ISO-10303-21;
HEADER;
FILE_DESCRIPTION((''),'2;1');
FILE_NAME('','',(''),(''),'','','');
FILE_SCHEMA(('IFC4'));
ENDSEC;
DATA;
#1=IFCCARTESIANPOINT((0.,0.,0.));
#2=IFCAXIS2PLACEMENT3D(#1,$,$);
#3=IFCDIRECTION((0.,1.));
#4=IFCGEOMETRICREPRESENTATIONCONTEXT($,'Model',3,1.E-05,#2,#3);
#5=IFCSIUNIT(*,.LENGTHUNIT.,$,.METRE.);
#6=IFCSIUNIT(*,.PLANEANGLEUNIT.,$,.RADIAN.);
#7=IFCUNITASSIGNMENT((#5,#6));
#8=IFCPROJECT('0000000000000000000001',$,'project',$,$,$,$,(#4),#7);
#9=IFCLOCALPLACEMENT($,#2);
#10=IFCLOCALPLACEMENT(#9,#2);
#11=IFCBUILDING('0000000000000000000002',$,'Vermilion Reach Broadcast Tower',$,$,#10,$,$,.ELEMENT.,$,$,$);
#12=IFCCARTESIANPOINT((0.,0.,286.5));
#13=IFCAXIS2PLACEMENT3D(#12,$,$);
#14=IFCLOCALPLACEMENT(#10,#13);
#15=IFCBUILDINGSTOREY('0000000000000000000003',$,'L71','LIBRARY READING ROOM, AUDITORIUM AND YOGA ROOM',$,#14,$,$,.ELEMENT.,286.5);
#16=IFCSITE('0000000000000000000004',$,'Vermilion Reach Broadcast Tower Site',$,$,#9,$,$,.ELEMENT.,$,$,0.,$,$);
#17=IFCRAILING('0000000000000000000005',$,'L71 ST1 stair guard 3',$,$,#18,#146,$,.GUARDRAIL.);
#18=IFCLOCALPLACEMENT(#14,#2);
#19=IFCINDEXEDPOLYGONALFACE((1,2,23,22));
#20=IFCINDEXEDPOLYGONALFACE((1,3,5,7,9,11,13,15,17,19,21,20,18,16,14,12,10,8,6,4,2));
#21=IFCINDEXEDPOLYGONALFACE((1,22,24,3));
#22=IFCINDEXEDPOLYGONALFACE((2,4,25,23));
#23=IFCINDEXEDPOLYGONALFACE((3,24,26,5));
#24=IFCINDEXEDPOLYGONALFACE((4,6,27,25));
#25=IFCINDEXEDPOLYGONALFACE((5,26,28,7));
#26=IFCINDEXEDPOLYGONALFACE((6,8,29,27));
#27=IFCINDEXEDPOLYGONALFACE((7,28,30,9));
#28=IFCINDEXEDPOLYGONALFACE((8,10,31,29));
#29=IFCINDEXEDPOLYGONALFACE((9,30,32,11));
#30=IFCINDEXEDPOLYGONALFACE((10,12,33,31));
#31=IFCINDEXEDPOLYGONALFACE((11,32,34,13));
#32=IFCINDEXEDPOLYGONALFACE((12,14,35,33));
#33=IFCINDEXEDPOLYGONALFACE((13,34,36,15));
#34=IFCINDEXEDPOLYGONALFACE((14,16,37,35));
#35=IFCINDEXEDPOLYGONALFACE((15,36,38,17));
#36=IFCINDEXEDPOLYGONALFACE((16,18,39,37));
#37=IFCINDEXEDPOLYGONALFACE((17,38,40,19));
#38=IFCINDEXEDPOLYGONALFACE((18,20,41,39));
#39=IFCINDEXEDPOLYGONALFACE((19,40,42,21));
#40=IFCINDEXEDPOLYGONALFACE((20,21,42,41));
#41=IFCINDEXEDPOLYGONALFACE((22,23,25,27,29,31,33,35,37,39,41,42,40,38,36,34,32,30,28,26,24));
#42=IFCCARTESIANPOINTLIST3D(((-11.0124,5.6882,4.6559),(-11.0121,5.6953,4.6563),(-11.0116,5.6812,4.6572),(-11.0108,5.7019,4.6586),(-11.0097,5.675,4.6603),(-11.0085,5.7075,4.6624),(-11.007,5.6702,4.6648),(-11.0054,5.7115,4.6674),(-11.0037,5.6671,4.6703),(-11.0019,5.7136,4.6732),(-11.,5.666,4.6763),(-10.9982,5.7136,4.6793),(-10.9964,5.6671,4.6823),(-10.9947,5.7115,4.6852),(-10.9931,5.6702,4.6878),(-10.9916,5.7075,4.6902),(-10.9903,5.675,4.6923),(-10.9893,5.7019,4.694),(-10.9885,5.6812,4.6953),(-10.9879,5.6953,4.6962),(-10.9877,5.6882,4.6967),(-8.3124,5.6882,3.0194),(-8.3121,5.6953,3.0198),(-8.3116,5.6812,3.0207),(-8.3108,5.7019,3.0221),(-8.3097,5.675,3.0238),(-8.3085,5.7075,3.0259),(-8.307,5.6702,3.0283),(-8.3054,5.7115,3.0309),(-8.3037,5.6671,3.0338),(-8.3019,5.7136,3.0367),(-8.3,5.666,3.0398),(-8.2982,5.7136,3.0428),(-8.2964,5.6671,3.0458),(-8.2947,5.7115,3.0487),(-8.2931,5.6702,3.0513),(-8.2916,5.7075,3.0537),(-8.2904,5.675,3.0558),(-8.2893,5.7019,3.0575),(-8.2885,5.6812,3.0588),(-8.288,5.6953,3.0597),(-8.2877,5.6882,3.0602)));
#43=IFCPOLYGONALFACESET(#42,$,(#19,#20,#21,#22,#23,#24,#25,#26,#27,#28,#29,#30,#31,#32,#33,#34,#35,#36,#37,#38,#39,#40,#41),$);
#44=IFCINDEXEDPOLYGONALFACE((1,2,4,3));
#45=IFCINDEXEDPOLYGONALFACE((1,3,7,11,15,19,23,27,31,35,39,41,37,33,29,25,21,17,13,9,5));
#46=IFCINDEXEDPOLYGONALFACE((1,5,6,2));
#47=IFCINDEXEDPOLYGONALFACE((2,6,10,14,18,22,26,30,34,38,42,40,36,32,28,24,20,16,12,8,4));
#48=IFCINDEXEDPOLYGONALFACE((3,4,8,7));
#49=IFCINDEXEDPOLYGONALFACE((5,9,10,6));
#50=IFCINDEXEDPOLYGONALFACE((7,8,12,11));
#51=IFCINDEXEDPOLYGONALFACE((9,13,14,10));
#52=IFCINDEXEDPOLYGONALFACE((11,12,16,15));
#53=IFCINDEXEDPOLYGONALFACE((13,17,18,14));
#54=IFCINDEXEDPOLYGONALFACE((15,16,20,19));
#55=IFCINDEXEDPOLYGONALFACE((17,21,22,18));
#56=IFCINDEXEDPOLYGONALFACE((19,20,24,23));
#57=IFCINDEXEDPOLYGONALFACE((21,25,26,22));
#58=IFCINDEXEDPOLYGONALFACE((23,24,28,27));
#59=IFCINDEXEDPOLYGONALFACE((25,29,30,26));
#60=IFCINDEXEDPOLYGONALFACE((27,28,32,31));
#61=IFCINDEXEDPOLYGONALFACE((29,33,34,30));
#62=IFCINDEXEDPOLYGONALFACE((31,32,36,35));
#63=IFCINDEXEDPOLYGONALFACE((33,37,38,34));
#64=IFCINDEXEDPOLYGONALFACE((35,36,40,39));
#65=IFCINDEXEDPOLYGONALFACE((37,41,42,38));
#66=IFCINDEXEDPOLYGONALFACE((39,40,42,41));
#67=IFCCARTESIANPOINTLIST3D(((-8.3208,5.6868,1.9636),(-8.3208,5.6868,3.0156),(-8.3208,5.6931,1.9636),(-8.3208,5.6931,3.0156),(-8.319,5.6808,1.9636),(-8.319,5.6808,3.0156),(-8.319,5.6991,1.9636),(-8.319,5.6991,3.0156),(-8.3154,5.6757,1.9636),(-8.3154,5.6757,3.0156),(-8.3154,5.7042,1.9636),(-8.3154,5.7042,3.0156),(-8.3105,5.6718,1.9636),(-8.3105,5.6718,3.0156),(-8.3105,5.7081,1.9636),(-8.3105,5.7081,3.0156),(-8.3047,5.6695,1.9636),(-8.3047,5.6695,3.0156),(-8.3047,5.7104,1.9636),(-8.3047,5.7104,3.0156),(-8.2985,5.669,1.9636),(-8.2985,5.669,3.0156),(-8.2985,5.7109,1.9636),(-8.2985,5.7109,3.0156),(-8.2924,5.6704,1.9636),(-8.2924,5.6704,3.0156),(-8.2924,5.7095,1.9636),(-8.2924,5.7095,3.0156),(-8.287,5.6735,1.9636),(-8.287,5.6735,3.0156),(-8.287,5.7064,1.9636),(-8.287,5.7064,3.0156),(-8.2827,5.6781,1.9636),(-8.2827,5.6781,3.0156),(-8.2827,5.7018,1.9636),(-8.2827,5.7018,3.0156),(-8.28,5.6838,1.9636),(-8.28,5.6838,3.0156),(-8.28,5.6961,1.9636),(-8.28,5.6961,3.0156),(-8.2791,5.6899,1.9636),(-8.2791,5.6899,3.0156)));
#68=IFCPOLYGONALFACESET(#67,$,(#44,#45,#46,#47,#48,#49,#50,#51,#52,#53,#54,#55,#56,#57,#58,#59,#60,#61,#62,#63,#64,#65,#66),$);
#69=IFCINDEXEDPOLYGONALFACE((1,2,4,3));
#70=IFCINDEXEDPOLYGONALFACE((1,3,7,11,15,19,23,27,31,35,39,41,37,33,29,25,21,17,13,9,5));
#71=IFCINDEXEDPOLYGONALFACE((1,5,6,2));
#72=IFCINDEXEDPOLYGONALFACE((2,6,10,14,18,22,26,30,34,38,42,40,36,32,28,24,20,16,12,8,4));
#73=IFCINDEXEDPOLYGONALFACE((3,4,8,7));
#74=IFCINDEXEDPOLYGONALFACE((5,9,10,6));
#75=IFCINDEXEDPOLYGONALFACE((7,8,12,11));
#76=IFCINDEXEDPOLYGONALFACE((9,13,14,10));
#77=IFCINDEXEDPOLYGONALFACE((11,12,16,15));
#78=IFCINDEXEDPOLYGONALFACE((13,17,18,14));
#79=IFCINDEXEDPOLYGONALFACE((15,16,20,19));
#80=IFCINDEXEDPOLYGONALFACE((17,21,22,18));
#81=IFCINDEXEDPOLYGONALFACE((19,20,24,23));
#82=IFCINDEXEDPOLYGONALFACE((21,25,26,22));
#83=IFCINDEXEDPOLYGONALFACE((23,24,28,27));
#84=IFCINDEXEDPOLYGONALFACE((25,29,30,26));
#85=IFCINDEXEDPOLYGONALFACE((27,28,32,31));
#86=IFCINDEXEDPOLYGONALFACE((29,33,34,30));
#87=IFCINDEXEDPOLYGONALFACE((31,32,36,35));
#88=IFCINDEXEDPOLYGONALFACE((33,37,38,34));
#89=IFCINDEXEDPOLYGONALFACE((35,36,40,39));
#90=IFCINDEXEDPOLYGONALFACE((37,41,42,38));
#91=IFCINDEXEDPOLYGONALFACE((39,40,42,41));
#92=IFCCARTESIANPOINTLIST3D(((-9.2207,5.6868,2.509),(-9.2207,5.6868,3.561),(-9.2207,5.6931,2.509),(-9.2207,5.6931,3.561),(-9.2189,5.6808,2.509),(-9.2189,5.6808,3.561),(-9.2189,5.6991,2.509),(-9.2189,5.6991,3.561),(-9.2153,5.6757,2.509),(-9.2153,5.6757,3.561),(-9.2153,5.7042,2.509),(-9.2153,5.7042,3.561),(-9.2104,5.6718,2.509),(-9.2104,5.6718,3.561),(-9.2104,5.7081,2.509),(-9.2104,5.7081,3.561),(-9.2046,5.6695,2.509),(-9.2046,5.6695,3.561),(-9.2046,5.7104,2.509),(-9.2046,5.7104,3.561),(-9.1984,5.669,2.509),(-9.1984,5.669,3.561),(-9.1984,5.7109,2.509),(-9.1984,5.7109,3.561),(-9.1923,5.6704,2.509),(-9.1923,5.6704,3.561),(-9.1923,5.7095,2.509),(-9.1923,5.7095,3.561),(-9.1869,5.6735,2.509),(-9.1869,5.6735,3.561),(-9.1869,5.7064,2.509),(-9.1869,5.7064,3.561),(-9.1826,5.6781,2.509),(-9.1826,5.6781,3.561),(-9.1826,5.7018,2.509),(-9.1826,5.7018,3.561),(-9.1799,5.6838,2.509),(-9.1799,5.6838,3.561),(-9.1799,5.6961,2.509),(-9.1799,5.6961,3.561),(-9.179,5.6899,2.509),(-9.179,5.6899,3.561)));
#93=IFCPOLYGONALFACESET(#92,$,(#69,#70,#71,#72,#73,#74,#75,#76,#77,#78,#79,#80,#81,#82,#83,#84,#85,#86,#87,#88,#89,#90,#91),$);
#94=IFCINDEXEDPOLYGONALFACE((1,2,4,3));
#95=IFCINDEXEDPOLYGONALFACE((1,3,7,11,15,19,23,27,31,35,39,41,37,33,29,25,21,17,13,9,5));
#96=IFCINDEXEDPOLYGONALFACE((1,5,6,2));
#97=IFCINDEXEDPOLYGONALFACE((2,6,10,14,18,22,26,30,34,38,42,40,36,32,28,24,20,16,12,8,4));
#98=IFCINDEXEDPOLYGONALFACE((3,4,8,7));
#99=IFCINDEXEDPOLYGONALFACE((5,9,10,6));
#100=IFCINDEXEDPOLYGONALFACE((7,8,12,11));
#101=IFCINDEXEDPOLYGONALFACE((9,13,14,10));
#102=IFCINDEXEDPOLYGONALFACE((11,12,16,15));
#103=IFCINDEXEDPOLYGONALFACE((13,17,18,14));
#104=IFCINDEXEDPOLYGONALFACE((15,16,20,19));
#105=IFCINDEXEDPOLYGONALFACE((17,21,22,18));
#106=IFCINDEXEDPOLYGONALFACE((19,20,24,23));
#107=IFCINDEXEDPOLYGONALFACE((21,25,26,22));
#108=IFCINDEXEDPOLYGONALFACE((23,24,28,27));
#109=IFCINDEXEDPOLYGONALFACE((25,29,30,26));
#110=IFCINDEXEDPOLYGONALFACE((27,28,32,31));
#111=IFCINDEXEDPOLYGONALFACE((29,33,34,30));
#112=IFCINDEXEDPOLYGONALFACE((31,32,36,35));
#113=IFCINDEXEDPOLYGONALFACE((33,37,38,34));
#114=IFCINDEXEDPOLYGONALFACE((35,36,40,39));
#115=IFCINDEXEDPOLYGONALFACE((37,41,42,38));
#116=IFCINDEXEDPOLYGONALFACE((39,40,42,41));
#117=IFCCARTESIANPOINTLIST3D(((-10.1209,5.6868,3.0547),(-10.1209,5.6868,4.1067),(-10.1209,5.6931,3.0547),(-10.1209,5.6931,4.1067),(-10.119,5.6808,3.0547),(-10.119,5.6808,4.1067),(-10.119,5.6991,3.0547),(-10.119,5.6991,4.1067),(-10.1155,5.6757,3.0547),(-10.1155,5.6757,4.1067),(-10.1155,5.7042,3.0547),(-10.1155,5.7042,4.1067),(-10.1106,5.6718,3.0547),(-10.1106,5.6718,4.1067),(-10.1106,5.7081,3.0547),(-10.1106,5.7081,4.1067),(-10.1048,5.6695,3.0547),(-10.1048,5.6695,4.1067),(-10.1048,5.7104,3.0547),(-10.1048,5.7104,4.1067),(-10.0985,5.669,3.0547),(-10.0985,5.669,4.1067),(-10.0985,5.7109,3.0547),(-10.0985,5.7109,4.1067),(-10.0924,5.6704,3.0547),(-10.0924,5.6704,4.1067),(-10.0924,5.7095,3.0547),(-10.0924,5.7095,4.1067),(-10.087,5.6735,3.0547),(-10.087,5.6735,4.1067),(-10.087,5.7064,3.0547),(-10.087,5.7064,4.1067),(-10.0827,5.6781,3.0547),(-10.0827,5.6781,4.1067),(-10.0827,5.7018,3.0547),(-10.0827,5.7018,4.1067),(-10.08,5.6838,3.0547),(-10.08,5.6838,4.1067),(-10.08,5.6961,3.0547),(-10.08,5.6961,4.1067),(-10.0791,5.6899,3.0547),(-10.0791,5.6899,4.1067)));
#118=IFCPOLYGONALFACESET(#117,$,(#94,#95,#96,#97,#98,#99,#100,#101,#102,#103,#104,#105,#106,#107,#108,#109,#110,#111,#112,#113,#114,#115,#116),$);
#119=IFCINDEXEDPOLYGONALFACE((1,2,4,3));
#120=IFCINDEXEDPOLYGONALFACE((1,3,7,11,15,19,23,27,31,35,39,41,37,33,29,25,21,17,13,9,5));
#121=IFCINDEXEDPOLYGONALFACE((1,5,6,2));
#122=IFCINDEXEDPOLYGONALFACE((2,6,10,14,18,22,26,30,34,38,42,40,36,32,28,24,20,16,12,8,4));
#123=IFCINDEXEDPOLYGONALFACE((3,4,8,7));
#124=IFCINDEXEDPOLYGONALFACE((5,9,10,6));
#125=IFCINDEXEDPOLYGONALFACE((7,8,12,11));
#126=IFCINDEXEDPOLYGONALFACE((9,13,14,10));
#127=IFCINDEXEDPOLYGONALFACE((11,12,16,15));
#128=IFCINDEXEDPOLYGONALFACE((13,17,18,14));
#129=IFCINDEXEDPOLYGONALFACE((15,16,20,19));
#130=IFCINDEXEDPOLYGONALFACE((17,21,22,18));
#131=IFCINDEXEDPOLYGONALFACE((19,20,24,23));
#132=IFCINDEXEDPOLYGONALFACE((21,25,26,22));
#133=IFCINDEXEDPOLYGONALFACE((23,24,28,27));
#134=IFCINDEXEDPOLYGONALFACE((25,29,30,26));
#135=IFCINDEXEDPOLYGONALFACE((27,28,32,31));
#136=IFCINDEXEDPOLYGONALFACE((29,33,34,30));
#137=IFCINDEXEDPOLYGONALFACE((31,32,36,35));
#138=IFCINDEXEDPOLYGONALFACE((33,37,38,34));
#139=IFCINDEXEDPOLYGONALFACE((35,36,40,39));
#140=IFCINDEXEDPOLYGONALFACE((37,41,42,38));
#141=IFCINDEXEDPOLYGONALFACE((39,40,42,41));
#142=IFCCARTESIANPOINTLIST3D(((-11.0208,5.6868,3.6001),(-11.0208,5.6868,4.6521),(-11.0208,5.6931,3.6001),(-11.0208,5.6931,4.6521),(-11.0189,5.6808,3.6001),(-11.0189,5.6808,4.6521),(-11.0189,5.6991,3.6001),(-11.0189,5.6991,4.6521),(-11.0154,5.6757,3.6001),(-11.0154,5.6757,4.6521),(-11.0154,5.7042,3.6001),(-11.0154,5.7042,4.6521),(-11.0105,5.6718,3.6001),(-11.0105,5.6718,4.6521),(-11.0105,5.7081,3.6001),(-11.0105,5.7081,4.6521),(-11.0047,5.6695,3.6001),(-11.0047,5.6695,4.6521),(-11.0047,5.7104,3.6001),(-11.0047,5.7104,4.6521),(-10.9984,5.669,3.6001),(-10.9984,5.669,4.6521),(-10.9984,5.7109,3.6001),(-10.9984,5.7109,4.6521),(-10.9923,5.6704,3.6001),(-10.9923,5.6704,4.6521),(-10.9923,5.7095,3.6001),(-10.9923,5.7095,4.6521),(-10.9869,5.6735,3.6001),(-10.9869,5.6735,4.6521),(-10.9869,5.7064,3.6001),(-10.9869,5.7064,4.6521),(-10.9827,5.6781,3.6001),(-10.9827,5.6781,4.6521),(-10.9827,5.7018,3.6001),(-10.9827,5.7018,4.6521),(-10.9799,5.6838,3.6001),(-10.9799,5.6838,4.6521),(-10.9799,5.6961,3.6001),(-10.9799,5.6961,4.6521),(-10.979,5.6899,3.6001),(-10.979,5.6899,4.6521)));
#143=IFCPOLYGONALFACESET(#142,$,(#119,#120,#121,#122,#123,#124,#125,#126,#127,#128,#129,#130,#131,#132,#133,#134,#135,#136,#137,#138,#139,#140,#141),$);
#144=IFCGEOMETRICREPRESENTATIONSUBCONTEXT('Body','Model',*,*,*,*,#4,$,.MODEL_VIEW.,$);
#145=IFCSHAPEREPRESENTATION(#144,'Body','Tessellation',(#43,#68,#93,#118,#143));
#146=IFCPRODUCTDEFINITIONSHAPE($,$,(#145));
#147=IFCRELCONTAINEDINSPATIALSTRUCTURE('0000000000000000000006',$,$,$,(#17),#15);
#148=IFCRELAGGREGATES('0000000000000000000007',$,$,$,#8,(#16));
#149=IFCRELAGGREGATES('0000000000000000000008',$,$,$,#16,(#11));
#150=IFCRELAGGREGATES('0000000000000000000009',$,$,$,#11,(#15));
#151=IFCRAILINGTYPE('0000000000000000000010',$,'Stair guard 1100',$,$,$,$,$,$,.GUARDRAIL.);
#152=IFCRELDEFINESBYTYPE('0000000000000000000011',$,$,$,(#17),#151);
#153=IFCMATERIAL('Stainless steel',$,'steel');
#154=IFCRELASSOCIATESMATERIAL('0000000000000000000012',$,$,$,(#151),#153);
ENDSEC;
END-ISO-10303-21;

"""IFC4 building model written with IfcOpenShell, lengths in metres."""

from ifc_helpers import new_model, si_unit, direction, frame, origin, origin_2d, place, context, subcontext, project, spatial, circle, extrude, material, type_object, element, save


model = new_model("IFC4")

# Units and contexts
model_context = context("Model", 3, precision=1e-05, world=origin(), true_north=direction((0.0, 1.0)))
body_context = subcontext(model_context, "Body", "Model", "MODEL_VIEW")
ifc_project = project(units=[si_unit("LENGTHUNIT", "METRE"), si_unit("PLANEANGLEUNIT", "RADIAN")], contexts=[model_context])

# Site, building, storey
site_placement = place(None, origin())
site = spatial("IfcSite", under=ifc_project, at=site_placement, Name="Vermilion Reach Broadcast Tower Site", CompositionType="ELEMENT", RefElevation=0.0)
building_placement = place(site_placement, origin())
building = spatial("IfcBuilding", under=site, at=building_placement, Name="Vermilion Reach Broadcast Tower", CompositionType="ELEMENT")
storey_placement = place(building_placement, frame((0.0, 0.0, 286.5)))
storey = spatial("IfcBuildingStorey", under=building, at=storey_placement, Name="L71", Description="LIBRARY READING ROOM, AUDITORIUM AND YOGA ROOM", CompositionType="ELEMENT", Elevation=286.5)

# Railing
ifc_material_1 = material(Name="Stainless steel", Category="steel")
railing_type_1 = type_object("IfcRailingType", Name="Stair guard 1100", PredefinedType="GUARDRAIL", material=ifc_material_1)
railing_1_placement = place(storey_placement, frame((-8.3, 5.6899, 1.9636)))
element("IfcRailing", 1, at=railing_1_placement, inside=storey, type_object=railing_type_1, Name="L71 ST1 stair guard 3", PredefinedType="GUARDRAIL", context=body_context, shape_type="SweptSolid", body=[
    extrude(circle(Radius=0.0239, at=origin_2d()), frame((0.0, 0.0, 1.0762), z_axis=(-0.855178, 0.0, 0.518334), x_axis=(0.0, -1.0, 0.0)), (0.0, 0.0, 1.0), 3.1572),
    extrude(circle(Radius=0.021, at=origin_2d()), origin(), (0.0, 0.0, 1.0), 1.052),
    extrude(circle(Radius=0.021, at=origin_2d()), frame((-0.8999, 0.0, 0.5454)), (0.0, 0.0, 1.0), 1.052),
    extrude(circle(Radius=0.021, at=origin_2d()), frame((-1.8, 0.0, 1.0911)), (0.0, 0.0, 1.0), 1.052),
    extrude(circle(Radius=0.021, at=origin_2d()), frame((-2.7, 0.0, 1.6365)), (0.0, 0.0, 1.0), 1.052),
])

save(model, "model.ifc")
